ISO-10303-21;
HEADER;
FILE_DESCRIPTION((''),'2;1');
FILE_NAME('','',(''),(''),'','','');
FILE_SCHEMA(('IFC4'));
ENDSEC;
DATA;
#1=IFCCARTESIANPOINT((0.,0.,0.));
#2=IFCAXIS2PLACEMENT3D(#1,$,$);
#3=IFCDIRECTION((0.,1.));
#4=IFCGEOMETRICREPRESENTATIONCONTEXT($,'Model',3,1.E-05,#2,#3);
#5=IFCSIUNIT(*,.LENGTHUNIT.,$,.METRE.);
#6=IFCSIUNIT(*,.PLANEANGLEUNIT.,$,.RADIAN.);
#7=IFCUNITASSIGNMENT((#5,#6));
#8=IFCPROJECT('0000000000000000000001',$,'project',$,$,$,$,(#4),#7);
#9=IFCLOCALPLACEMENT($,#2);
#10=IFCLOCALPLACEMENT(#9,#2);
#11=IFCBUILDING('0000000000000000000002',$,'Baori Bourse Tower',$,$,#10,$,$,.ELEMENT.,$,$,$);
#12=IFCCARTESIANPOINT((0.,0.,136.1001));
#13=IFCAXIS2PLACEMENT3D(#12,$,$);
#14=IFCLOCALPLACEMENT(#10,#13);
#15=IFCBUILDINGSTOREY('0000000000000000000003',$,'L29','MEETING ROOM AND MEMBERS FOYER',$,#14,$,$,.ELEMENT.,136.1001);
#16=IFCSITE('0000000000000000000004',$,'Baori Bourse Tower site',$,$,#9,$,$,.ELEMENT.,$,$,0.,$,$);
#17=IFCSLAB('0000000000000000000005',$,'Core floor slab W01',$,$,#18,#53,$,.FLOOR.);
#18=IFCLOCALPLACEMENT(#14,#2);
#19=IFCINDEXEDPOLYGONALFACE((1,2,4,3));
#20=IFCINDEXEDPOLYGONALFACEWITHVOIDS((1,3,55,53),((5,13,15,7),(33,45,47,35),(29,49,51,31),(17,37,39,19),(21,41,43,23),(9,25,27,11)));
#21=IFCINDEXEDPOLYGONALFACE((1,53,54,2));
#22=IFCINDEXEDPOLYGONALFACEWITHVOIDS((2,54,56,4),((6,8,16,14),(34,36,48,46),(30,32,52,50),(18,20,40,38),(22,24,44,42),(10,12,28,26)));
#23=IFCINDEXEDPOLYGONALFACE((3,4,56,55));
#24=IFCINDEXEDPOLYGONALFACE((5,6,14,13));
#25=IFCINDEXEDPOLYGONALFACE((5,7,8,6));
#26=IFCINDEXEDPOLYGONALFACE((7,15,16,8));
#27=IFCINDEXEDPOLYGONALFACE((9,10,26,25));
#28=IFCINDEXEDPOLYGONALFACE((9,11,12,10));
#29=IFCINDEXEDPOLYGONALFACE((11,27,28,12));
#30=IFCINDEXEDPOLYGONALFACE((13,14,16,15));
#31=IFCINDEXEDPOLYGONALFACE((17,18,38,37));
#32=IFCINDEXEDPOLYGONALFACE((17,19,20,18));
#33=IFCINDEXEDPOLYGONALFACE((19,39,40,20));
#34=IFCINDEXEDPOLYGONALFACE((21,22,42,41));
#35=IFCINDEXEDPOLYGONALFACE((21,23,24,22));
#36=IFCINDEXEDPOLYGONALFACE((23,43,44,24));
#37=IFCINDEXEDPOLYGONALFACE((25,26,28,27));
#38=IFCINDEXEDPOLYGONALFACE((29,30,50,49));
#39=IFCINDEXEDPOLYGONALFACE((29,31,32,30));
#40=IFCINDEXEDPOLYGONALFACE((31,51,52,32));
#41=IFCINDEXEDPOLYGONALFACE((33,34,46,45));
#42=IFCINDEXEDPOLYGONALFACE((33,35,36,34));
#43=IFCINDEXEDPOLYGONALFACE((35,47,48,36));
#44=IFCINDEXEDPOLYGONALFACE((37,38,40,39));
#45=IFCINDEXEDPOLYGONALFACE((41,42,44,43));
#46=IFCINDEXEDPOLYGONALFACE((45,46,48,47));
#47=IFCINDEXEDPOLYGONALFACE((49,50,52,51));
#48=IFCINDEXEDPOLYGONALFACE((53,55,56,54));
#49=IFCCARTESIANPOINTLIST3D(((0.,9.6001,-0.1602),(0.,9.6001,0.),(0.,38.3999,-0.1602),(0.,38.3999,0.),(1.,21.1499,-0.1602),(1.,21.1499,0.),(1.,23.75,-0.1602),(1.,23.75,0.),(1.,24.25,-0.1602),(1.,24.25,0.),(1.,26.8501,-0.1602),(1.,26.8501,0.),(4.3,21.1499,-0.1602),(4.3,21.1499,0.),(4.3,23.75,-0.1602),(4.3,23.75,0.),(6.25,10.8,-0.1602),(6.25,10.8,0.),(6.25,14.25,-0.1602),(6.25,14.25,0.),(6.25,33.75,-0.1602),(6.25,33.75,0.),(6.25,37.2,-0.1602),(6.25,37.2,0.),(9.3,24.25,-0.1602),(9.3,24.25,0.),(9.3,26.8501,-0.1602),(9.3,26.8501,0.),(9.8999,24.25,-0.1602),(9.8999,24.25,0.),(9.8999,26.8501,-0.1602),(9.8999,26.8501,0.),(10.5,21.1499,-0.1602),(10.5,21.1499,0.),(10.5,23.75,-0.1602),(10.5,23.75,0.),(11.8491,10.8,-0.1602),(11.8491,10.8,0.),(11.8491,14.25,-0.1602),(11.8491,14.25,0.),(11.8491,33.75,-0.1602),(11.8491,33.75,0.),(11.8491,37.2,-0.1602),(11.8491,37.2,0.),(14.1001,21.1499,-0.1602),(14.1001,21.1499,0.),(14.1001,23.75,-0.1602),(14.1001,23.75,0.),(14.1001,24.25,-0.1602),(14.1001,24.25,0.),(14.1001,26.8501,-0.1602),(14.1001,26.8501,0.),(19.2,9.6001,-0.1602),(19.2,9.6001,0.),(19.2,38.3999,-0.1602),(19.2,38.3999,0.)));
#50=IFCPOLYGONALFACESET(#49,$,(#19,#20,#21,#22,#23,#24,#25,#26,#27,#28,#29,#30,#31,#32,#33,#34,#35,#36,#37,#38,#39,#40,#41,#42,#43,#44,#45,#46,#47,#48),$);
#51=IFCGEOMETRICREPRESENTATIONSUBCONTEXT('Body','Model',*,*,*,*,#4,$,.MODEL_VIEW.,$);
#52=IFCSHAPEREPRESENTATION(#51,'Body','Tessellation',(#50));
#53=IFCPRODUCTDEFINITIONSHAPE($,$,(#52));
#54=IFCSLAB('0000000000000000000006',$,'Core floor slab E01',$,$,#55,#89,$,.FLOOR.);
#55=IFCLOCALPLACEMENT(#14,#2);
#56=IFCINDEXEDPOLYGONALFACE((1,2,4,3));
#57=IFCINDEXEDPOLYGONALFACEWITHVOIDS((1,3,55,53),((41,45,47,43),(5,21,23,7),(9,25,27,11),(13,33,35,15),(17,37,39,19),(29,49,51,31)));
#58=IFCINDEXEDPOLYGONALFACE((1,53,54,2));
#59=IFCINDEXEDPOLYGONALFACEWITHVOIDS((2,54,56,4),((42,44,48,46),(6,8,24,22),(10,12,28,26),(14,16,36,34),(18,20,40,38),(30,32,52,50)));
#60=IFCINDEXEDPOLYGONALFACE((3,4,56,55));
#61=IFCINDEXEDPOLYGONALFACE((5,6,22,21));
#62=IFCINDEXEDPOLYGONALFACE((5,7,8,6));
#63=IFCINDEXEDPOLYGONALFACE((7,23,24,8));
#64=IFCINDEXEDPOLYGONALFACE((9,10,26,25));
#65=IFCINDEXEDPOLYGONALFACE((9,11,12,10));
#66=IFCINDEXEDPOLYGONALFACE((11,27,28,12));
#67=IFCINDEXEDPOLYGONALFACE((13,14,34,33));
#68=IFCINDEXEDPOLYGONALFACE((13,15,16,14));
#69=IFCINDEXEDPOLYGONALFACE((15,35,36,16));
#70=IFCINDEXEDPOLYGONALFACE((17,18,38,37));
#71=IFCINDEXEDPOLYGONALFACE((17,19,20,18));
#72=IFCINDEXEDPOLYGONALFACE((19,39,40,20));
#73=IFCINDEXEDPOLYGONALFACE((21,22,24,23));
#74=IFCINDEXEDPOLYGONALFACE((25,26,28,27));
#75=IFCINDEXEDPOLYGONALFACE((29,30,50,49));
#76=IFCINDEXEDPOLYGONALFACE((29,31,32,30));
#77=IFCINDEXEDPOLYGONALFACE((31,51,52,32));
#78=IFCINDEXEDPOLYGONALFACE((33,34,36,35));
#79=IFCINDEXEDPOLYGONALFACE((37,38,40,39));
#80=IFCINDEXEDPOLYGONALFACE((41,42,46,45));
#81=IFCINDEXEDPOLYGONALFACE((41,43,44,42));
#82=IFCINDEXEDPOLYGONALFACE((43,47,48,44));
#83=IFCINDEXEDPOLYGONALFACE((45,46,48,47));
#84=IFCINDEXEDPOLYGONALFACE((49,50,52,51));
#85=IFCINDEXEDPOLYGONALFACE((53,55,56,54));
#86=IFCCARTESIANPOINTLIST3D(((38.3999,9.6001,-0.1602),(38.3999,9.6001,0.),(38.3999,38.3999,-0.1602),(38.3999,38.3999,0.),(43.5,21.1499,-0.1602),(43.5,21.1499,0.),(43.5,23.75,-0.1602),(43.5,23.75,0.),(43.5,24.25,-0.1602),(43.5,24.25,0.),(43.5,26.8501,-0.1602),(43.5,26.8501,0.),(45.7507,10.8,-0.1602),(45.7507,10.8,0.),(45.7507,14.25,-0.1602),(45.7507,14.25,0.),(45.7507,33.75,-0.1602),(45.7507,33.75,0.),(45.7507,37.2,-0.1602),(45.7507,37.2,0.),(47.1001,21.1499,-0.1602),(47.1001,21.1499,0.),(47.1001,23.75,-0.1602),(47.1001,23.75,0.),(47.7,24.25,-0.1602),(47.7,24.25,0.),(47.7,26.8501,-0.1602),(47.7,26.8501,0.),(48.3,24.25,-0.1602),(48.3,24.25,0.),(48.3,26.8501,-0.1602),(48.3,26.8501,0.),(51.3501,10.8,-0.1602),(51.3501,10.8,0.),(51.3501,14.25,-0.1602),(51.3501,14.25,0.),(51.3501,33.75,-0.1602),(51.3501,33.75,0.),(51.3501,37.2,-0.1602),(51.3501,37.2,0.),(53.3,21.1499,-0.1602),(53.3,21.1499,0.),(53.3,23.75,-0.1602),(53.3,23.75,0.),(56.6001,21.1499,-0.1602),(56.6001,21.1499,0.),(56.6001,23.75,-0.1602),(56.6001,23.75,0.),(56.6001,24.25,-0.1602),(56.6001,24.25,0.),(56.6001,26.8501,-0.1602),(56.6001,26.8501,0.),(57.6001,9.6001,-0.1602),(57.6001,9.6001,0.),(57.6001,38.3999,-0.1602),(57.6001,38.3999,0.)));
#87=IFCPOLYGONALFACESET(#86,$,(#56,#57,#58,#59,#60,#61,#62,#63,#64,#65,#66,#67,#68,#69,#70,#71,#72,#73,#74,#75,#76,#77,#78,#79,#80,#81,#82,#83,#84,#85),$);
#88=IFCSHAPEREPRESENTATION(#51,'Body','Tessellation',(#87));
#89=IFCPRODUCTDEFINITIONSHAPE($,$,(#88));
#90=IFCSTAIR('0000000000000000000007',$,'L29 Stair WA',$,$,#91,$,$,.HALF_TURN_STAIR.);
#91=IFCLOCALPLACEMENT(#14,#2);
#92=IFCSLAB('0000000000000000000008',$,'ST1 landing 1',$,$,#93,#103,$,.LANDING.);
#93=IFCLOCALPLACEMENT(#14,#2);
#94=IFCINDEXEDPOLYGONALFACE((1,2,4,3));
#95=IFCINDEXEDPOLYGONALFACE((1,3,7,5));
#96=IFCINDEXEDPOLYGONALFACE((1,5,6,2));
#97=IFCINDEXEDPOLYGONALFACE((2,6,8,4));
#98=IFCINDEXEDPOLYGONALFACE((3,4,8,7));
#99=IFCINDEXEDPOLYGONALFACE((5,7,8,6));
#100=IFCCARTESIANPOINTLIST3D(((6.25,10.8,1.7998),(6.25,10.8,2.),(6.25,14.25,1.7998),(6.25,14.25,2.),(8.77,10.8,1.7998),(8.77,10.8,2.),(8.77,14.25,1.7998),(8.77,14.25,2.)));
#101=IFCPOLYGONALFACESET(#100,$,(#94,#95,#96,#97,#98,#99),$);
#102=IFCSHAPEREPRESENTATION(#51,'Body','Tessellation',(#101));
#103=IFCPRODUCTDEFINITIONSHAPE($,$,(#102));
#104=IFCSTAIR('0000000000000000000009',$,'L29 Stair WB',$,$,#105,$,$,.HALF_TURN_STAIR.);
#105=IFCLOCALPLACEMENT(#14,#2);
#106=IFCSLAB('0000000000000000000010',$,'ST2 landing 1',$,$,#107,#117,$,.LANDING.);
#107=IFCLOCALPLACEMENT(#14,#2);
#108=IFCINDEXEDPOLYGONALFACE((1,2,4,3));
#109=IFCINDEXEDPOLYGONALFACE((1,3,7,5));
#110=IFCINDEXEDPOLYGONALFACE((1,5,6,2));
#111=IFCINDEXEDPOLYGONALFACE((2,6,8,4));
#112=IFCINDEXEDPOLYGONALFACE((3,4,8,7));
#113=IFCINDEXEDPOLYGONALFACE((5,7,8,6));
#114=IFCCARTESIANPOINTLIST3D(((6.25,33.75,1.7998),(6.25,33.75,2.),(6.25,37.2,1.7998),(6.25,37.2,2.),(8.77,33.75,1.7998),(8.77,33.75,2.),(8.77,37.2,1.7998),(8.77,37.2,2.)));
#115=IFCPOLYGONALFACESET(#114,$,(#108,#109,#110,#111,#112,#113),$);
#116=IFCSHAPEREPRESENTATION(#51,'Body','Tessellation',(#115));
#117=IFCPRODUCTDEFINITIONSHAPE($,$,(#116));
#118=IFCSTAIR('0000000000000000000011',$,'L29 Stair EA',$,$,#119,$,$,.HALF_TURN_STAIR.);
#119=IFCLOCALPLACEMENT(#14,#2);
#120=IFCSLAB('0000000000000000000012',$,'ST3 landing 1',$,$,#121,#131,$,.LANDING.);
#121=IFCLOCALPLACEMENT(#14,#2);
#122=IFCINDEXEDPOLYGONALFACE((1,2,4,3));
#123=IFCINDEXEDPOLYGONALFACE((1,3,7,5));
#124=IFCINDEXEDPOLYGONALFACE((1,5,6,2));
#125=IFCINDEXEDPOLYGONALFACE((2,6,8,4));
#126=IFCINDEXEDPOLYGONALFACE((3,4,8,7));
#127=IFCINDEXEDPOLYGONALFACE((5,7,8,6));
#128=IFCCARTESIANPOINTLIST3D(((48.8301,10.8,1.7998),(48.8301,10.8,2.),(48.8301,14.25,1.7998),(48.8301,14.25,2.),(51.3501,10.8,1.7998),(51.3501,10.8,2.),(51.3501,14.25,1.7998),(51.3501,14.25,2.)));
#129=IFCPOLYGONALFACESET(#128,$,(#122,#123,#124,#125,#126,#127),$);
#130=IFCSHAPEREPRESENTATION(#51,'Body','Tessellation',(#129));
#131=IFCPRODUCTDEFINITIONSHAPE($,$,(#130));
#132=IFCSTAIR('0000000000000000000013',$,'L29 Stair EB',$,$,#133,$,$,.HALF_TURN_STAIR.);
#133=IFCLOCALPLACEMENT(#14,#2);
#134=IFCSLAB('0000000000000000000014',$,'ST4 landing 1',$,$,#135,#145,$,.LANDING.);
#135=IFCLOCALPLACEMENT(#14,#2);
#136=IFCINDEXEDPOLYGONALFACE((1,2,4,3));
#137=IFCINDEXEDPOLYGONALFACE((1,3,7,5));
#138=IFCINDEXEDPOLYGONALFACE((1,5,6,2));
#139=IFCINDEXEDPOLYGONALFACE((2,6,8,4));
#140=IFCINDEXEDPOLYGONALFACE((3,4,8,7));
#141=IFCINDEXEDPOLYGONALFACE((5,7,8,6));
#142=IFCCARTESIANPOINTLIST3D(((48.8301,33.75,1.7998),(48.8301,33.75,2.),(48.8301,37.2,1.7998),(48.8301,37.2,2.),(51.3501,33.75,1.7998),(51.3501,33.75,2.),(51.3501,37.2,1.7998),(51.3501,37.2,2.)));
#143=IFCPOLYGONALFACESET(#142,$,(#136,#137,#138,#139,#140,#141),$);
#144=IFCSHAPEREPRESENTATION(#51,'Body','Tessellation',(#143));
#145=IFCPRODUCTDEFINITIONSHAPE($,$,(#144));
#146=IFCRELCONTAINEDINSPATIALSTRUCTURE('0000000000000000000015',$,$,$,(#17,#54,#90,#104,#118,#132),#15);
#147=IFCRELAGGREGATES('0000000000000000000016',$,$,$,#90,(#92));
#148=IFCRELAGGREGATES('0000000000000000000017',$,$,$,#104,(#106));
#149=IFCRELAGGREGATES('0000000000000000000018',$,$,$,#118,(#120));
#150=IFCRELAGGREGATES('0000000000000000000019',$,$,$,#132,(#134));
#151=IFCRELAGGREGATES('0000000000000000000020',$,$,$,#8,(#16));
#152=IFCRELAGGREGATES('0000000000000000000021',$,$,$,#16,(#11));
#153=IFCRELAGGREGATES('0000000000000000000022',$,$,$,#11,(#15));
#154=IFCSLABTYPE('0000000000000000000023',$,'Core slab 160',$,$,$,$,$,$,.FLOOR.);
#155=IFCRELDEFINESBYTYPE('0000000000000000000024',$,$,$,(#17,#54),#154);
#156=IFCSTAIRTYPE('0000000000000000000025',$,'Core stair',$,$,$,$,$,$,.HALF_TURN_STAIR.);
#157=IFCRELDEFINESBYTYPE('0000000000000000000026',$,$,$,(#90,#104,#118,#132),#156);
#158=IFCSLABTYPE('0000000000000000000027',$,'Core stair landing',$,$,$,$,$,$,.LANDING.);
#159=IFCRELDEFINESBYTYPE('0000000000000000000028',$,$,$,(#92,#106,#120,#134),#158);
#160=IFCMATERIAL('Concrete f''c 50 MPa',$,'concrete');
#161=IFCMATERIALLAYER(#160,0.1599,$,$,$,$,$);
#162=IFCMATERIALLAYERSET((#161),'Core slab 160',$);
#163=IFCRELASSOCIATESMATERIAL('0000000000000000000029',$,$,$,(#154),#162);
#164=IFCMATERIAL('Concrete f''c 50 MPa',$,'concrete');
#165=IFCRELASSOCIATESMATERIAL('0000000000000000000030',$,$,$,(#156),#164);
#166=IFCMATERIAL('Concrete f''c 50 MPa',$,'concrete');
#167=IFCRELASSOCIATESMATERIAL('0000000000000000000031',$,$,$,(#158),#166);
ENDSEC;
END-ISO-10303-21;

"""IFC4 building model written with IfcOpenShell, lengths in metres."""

from ifc_helpers import new_model, si_unit, direction, frame, origin, place, context, subcontext, project, spatial, polyline, outline, extrude, material, layer, layer_set, type_object, element, aggregate, save


model = new_model("IFC4")

# Units and contexts
model_context = context("Model", 3, precision=1e-05, world=origin(), true_north=direction((0.0, 1.0)))
body_context = subcontext(model_context, "Body", "Model", "MODEL_VIEW")
ifc_project = project(units=[si_unit("LENGTHUNIT", "METRE"), si_unit("PLANEANGLEUNIT", "RADIAN")], contexts=[model_context])

# Site, building, storey
site_placement = place(None, origin())
site = spatial("IfcSite", under=ifc_project, at=site_placement, Name="Baori Bourse Tower site", CompositionType="ELEMENT", RefElevation=0.0)
building_placement = place(site_placement, origin())
building = spatial("IfcBuilding", under=site, at=building_placement, Name="Baori Bourse Tower", CompositionType="ELEMENT")
storey_placement = place(building_placement, frame((0.0, 0.0, 136.1001)))
storey = spatial("IfcBuildingStorey", under=building, at=storey_placement, Name="L29", Description="MEETING ROOM AND MEMBERS FOYER", CompositionType="ELEMENT", Elevation=136.1001)

# Slabs
ifc_material_1 = material(Name="Concrete f'c 50 MPa", Category="concrete")
ifc_layer_1 = layer(ifc_material_1, 0.1599)
ifc_layer_set_1 = layer_set([ifc_layer_1], Name="Core slab 160")
slab_type_1 = type_object("IfcSlabType", Name="Core slab 160", PredefinedType="FLOOR", material=ifc_layer_set_1)
slab_1_placement = place(storey_placement, frame((0.0, 0.0, -0.1602)))
element("IfcSlab", 1, at=slab_1_placement, inside=storey, type_object=slab_type_1, Name="Core floor slab W01", PredefinedType="FLOOR", context=body_context, shape_type="SweptSolid", body=[
    extrude(outline(polyline([(0.0, 38.3999), (0.0, 9.6001), (19.2, 9.6001), (19.2, 38.3999), (0.0, 38.3999)]), holes=[polyline([(10.5, 21.1499), (10.5, 23.75), (14.1001, 23.75), (14.1001, 21.1499), (10.5, 21.1499)]), polyline([(14.1001, 24.25), (9.8999, 24.25), (9.8999, 26.8501), (14.1001, 26.8501), (14.1001, 24.25)]), polyline([(6.25, 14.25), (11.8491, 14.25), (11.8491, 10.8), (6.25, 10.8), (6.25, 14.25)]), polyline([(11.8491, 37.2), (11.8491, 33.75), (6.25, 33.75), (6.25, 37.2), (11.8491, 37.2)]), polyline([(1.0, 26.8501), (9.3, 26.8501), (9.3, 24.25), (1.0, 24.25), (1.0, 26.8501)]), polyline([(4.3, 23.75), (4.3, 21.1499), (1.0, 21.1499), (1.0, 23.75), (4.3, 23.75)])]), origin(), (0.0, 0.0, 1.0), 0.1602),
])
slab_2_placement = place(storey_placement, frame((0.0, 0.0, -0.1602)))
element("IfcSlab", 2, at=slab_2_placement, inside=storey, type_object=slab_type_1, Name="Core floor slab E01", PredefinedType="FLOOR", context=body_context, shape_type="SweptSolid", body=[
    extrude(outline(polyline([(57.6001, 38.3999), (38.3999, 38.3999), (38.3999, 9.6001), (57.6001, 9.6001), (57.6001, 38.3999)]), holes=[polyline([(56.6001, 21.1499), (53.3, 21.1499), (53.3, 23.75), (56.6001, 23.75), (56.6001, 21.1499)]), polyline([(56.6001, 26.8501), (56.6001, 24.25), (48.3, 24.25), (48.3, 26.8501), (56.6001, 26.8501)]), polyline([(45.7507, 14.25), (51.3501, 14.25), (51.3501, 10.8), (45.7507, 10.8), (45.7507, 14.25)]), polyline([(51.3501, 37.2), (51.3501, 33.75), (45.7507, 33.75), (45.7507, 37.2), (51.3501, 37.2)]), polyline([(43.5, 24.25), (43.5, 26.8501), (47.7, 26.8501), (47.7, 24.25), (43.5, 24.25)]), polyline([(43.5, 23.75), (47.1001, 23.75), (47.1001, 21.1499), (43.5, 21.1499), (43.5, 23.75)])]), origin(), (0.0, 0.0, 1.0), 0.1602),
])

# Stairs, slabs
ifc_material_2 = material(Name="Concrete f'c 50 MPa", Category="concrete")
stair_type = type_object("IfcStairType", Name="Core stair", PredefinedType="HALF_TURN_STAIR", material=ifc_material_2)
stair_1_placement = place(storey_placement, origin())
stair_1 = element("IfcStair", 3, at=stair_1_placement, inside=storey, type_object=stair_type, Name="L29 Stair WA", PredefinedType="HALF_TURN_STAIR")
ifc_material_3 = material(Name="Concrete f'c 50 MPa", Category="concrete")
slab_type_2 = type_object("IfcSlabType", Name="Core stair landing", PredefinedType="LANDING", material=ifc_material_3)
slab_3_placement = place(storey_placement, frame((0.0, 0.0, 1.7998)))
slab_3 = element("IfcSlab", 4, at=slab_3_placement, type_object=slab_type_2, Name="ST1 landing 1", PredefinedType="LANDING", context=body_context, shape_type="SweptSolid", body=[
    extrude(outline(polyline([(8.77, 14.25), (6.25, 14.25), (6.25, 10.8), (8.77, 10.8), (8.77, 14.25)])), origin(), (0.0, 0.0, 1.0), 0.2002),
])
aggregate(stair_1, [slab_3])
stair_2_placement = place(storey_placement, origin())
stair_2 = element("IfcStair", 5, at=stair_2_placement, inside=storey, type_object=stair_type, Name="L29 Stair WB", PredefinedType="HALF_TURN_STAIR")
slab_4_placement = place(storey_placement, frame((0.0, 0.0, 1.7998)))
slab_4 = element("IfcSlab", 6, at=slab_4_placement, type_object=slab_type_2, Name="ST2 landing 1", PredefinedType="LANDING", context=body_context, shape_type="SweptSolid", body=[
    extrude(outline(polyline([(8.77, 37.2), (6.25, 37.2), (6.25, 33.75), (8.77, 33.75), (8.77, 37.2)])), origin(), (0.0, 0.0, 1.0), 0.2002),
])
aggregate(stair_2, [slab_4])
stair_3_placement = place(storey_placement, origin())
stair_3 = element("IfcStair", 7, at=stair_3_placement, inside=storey, type_object=stair_type, Name="L29 Stair EA", PredefinedType="HALF_TURN_STAIR")
slab_5_placement = place(storey_placement, frame((0.0, 0.0, 1.7998)))
slab_5 = element("IfcSlab", 8, at=slab_5_placement, type_object=slab_type_2, Name="ST3 landing 1", PredefinedType="LANDING", context=body_context, shape_type="SweptSolid", body=[
    extrude(outline(polyline([(48.8301, 10.8), (51.3501, 10.8), (51.3501, 14.25), (48.8301, 14.25), (48.8301, 10.8)])), origin(), (0.0, 0.0, 1.0), 0.2002),
])
aggregate(stair_3, [slab_5])
stair_4_placement = place(storey_placement, origin())
stair_4 = element("IfcStair", 9, at=stair_4_placement, inside=storey, type_object=stair_type, Name="L29 Stair EB", PredefinedType="HALF_TURN_STAIR")
slab_6_placement = place(storey_placement, frame((0.0, 0.0, 1.7998)))
slab_6 = element("IfcSlab", 10, at=slab_6_placement, type_object=slab_type_2, Name="ST4 landing 1", PredefinedType="LANDING", context=body_context, shape_type="SweptSolid", body=[
    extrude(outline(polyline([(48.8301, 33.75), (51.3501, 33.75), (51.3501, 37.2), (48.8301, 37.2), (48.8301, 33.75)])), origin(), (0.0, 0.0, 1.0), 0.2002),
])
aggregate(stair_4, [slab_6])

save(model, "model.ifc")
